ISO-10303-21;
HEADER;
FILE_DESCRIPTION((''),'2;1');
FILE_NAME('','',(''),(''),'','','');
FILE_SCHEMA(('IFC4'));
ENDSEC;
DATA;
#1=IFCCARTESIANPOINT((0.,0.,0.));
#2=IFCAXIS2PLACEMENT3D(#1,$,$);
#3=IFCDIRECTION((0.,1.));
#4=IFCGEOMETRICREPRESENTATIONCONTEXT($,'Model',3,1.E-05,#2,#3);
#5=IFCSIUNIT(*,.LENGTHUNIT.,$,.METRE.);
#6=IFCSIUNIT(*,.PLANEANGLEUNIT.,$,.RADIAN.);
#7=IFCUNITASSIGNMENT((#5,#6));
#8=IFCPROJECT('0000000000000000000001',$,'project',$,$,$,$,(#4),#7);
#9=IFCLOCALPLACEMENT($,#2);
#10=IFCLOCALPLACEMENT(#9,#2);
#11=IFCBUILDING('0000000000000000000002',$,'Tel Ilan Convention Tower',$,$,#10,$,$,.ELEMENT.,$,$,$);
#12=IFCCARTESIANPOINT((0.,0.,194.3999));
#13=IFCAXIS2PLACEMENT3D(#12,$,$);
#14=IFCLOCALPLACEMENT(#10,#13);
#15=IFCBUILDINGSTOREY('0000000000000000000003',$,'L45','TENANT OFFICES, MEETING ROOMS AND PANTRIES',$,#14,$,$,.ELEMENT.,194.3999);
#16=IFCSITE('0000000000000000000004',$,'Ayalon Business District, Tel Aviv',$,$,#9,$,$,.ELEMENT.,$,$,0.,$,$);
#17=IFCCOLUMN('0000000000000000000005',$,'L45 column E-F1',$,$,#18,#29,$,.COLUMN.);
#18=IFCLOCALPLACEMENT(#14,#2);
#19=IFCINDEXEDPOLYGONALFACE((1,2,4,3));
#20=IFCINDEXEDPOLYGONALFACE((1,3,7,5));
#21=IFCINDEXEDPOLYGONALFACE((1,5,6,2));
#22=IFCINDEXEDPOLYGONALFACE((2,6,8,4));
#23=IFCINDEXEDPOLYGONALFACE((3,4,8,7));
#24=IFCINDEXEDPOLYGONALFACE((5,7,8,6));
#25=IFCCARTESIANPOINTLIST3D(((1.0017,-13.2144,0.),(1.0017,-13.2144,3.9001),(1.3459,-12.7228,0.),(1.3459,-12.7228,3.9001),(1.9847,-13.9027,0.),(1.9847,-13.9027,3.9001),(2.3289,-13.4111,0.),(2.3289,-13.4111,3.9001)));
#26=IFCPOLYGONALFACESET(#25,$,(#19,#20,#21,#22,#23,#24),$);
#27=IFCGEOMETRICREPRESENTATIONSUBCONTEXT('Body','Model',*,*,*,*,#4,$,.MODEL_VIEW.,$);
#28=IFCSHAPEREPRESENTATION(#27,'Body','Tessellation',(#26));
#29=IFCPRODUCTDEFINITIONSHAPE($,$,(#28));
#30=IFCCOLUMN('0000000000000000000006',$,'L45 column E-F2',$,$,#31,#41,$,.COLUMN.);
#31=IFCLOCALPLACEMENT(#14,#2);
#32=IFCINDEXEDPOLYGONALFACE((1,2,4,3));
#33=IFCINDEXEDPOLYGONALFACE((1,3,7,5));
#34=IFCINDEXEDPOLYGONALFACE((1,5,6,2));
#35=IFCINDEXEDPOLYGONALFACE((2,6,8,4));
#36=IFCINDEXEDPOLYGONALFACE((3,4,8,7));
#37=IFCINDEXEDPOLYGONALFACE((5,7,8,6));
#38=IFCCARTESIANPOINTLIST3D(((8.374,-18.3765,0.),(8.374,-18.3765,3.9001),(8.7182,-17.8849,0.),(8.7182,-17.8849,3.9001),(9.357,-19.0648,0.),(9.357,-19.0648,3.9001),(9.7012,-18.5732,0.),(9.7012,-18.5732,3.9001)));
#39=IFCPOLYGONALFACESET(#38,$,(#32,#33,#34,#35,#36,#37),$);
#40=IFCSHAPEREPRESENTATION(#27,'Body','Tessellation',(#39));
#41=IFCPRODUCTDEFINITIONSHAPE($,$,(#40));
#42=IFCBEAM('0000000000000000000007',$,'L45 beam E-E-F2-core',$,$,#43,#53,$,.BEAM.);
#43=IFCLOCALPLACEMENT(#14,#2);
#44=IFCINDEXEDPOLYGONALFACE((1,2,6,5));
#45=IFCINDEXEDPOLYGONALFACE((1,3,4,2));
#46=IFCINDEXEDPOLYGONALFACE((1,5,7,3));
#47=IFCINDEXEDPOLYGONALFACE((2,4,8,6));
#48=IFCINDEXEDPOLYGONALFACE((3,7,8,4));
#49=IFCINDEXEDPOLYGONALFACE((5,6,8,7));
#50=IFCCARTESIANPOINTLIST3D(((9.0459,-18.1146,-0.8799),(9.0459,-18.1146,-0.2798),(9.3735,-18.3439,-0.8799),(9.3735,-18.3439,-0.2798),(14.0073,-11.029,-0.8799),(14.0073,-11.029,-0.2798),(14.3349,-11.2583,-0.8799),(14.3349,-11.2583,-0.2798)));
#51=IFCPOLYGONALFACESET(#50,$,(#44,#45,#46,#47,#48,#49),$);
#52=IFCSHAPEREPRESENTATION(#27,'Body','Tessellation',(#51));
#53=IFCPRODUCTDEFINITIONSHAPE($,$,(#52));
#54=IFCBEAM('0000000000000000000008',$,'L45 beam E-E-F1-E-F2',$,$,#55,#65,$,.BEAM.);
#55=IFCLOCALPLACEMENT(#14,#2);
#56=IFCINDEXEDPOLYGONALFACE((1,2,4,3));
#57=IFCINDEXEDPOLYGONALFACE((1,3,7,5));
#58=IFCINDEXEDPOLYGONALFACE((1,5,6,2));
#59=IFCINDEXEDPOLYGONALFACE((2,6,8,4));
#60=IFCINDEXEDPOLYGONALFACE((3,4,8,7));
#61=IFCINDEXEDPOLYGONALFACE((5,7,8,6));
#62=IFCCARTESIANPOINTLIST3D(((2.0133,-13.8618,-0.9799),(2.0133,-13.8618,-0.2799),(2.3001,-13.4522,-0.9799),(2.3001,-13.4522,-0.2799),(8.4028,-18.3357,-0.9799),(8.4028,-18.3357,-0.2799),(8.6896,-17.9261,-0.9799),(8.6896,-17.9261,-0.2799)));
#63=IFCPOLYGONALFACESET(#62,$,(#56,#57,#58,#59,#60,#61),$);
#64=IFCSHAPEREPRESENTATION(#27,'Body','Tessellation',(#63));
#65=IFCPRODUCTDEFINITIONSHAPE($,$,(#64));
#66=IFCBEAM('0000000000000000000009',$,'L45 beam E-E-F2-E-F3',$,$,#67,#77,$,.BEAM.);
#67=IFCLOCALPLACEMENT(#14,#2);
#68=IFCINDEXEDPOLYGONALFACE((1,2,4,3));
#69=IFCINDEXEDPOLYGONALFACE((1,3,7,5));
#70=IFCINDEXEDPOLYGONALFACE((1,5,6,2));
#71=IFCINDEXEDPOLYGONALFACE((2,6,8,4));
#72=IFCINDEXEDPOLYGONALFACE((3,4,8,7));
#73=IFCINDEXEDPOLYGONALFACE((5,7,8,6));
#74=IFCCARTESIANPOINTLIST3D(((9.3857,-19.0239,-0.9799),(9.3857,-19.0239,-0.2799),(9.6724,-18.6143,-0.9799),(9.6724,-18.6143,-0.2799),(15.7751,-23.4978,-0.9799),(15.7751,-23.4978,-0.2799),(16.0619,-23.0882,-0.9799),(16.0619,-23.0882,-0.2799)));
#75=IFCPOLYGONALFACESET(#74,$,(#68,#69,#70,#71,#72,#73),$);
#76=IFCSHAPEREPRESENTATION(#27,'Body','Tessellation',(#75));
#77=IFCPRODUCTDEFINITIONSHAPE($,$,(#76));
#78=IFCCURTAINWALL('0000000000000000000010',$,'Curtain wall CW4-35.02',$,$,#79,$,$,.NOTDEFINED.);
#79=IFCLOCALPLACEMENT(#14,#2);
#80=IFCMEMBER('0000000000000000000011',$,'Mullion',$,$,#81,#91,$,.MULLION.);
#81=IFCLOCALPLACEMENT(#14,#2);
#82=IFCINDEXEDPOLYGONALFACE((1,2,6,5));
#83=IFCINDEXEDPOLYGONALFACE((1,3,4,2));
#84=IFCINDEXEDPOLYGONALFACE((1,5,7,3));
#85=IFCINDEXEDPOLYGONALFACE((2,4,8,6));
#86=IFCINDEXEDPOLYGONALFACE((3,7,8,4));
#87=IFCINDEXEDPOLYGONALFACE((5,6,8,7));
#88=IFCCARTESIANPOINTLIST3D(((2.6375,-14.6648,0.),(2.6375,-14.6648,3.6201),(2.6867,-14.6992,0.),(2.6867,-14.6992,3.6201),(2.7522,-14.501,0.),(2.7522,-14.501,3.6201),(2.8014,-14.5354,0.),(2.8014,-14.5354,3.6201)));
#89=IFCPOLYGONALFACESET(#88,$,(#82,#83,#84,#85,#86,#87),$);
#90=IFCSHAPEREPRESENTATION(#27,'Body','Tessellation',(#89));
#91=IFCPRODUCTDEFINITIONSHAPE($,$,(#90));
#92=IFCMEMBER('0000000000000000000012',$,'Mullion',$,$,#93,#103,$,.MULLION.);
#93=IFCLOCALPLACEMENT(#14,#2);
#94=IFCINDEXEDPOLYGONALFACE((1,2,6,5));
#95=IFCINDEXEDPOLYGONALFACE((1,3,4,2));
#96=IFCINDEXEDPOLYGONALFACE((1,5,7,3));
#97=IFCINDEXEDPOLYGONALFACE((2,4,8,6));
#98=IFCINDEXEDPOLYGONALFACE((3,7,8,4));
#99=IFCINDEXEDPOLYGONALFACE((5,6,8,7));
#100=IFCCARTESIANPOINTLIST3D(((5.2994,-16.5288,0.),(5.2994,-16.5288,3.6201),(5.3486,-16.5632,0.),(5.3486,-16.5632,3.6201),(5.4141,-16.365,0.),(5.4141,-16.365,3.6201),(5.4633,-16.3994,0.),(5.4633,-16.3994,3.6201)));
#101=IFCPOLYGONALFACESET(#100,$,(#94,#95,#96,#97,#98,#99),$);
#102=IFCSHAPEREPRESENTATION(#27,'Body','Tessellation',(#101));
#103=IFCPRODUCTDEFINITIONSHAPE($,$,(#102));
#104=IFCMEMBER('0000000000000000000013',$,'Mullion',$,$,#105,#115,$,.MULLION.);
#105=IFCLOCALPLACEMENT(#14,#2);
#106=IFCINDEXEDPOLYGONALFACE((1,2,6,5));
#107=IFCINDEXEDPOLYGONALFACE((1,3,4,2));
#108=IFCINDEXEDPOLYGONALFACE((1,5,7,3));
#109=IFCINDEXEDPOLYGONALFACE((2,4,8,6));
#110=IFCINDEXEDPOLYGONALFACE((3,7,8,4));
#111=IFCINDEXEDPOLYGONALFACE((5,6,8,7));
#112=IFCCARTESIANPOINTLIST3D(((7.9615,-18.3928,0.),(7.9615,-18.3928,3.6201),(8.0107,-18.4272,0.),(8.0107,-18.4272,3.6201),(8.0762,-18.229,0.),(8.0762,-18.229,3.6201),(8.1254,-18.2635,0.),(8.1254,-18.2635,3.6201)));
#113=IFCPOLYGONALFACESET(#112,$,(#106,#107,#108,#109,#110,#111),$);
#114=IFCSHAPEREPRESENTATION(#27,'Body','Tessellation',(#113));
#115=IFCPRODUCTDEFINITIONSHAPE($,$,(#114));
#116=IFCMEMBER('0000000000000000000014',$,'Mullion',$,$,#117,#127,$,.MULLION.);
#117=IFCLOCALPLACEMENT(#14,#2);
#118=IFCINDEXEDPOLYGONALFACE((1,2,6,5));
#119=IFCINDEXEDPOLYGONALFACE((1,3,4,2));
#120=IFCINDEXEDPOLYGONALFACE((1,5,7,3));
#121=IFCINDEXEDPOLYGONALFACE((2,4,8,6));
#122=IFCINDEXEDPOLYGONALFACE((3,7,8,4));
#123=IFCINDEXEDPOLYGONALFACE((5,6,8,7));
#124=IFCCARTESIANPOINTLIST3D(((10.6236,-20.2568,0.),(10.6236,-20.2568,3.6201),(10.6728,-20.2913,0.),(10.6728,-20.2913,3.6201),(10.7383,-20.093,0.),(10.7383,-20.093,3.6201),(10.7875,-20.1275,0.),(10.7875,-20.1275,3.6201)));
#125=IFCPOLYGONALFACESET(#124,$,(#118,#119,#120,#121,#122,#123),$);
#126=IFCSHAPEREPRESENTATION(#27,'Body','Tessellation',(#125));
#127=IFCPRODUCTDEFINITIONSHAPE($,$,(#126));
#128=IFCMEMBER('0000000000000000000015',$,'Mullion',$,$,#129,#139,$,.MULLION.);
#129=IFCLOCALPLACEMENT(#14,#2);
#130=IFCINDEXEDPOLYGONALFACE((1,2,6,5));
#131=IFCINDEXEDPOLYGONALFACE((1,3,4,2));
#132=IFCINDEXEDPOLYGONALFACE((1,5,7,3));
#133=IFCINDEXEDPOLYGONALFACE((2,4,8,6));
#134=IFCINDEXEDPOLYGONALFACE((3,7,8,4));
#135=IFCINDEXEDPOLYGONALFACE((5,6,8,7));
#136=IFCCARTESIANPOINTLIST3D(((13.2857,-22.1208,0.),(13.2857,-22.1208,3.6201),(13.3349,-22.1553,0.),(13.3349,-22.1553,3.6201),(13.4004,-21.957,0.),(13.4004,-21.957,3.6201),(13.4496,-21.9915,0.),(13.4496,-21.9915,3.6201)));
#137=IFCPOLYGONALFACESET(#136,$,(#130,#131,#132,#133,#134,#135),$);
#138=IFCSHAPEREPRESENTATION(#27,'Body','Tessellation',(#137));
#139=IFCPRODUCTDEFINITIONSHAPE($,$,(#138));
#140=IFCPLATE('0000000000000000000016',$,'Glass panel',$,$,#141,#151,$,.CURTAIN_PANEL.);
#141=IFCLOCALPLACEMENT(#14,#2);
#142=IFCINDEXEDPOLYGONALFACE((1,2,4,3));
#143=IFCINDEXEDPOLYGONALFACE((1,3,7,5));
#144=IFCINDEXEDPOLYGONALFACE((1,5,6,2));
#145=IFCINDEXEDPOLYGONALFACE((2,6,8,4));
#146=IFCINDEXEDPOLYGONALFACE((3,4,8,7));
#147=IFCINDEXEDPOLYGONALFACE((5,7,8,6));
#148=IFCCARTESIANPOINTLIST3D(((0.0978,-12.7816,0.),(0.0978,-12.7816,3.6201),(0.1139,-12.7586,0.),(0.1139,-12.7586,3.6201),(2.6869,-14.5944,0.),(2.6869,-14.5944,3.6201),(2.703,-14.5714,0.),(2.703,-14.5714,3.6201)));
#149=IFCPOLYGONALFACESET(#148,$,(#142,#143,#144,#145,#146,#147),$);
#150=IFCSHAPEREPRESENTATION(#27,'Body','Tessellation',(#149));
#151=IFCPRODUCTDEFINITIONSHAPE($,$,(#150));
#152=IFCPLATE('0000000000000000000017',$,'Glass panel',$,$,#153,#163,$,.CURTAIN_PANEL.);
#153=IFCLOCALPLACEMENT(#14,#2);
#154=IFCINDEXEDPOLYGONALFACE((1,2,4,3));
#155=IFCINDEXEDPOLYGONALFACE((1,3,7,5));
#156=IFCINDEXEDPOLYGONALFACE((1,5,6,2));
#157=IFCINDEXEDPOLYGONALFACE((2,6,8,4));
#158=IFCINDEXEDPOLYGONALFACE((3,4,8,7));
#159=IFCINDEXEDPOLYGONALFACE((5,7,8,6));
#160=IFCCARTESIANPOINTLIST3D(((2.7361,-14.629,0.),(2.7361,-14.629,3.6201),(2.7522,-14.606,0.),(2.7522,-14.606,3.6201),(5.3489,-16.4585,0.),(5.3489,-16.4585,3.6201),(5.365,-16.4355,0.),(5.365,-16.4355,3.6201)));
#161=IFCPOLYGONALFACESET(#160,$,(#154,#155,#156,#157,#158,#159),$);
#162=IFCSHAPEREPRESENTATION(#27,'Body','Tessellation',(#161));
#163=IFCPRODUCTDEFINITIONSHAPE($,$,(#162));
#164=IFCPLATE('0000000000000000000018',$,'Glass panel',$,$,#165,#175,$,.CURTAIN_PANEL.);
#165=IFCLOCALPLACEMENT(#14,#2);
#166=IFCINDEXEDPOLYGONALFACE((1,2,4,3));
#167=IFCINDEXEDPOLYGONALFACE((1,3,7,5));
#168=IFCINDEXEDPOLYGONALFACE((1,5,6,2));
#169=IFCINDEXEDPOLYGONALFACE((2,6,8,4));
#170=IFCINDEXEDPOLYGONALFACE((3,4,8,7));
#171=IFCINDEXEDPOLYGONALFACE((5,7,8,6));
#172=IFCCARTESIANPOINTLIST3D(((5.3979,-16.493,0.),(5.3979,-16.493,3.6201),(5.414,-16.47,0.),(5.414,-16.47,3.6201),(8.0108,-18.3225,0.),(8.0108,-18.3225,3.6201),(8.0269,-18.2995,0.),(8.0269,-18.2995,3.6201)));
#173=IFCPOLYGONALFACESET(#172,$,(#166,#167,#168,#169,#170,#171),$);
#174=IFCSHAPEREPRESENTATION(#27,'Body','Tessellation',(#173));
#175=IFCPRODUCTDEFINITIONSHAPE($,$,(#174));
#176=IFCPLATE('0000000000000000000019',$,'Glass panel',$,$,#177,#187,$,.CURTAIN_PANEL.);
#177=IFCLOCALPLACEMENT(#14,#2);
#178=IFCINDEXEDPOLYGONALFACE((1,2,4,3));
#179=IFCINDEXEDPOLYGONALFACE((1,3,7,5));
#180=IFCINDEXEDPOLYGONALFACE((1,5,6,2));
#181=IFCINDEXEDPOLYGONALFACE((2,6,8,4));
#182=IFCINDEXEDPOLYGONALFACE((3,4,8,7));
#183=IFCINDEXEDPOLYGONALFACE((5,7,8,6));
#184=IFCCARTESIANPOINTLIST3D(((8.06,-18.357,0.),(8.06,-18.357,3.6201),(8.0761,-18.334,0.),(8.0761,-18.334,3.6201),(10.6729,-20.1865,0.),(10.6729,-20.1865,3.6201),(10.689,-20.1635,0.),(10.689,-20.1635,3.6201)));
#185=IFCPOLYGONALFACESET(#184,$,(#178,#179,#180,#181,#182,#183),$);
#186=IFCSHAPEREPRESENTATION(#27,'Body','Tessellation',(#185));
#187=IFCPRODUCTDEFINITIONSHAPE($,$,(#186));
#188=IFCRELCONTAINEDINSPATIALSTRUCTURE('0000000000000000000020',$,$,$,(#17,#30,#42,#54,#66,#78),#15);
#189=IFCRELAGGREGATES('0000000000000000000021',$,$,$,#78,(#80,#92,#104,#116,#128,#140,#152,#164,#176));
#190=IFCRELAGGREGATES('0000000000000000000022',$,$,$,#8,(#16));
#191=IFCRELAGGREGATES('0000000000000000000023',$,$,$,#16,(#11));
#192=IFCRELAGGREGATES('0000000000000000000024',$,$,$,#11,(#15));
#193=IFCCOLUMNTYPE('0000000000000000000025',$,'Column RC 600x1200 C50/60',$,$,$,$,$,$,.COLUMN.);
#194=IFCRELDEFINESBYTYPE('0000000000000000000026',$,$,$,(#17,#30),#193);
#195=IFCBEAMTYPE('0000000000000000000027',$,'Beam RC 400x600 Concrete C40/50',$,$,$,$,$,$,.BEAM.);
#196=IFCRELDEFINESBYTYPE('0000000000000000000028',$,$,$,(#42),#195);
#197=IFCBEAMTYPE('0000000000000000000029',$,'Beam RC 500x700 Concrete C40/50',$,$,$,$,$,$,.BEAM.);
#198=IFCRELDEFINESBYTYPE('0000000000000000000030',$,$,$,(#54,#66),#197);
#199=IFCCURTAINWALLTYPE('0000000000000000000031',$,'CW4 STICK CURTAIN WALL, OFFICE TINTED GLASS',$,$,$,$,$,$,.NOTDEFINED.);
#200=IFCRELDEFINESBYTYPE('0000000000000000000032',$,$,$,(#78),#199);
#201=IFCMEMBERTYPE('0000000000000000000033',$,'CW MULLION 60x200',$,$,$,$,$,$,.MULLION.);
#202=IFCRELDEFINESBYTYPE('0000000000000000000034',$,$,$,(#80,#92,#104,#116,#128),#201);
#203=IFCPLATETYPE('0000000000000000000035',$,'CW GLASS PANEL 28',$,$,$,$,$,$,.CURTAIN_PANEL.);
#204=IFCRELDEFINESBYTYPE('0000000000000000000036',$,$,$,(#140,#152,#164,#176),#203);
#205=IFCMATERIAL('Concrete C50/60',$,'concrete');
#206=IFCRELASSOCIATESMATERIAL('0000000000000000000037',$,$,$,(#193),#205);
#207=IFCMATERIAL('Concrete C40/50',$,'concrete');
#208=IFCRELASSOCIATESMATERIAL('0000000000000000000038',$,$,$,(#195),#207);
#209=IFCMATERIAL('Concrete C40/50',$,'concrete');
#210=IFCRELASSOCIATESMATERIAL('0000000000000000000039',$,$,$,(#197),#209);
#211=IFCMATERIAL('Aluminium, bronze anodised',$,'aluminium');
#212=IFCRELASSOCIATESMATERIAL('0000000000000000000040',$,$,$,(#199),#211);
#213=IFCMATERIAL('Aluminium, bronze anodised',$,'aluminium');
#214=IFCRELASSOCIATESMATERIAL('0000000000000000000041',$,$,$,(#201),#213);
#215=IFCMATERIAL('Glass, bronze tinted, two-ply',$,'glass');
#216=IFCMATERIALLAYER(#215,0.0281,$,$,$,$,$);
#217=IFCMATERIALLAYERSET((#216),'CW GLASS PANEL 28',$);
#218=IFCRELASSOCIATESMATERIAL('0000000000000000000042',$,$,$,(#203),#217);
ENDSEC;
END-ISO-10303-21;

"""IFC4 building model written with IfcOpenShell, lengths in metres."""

from ifc_helpers import new_model, si_unit, direction, frame, origin, origin_2d, place, context, subcontext, project, spatial, rectangle, extrude, material, layer, layer_set, material_profile, profile_set, type_object, element, aggregate, save


model = new_model("IFC4")

# Units and contexts
model_context = context("Model", 3, precision=1e-05, world=origin(), true_north=direction((0.0, 1.0)))
body_context = subcontext(model_context, "Body", "Model", "MODEL_VIEW")
ifc_project = project(units=[si_unit("LENGTHUNIT", "METRE"), si_unit("PLANEANGLEUNIT", "RADIAN")], contexts=[model_context])

# Site, building, storey
site_placement = place(None, origin())
site = spatial("IfcSite", under=ifc_project, at=site_placement, Name="Ayalon Business District, Tel Aviv", CompositionType="ELEMENT", RefElevation=0.0)
building_placement = place(site_placement, origin())
building = spatial("IfcBuilding", under=site, at=building_placement, Name="Tel Ilan Convention Tower", CompositionType="ELEMENT")
storey_placement = place(building_placement, frame((0.0, 0.0, 194.3999)))
storey = spatial("IfcBuildingStorey", under=building, at=storey_placement, Name="L45", Description="TENANT OFFICES, MEETING ROOMS AND PANTRIES", CompositionType="ELEMENT", Elevation=194.3999)

# Columns
ifc_material_1 = material(Name="Concrete C50/60", Category="concrete")
ifc_material_profile_1 = material_profile(ifc_material_1, rectangle(XDim=1.2, YDim=0.6001, at=origin_2d()), Name="RC 600x1200")
ifc_profile_set_1 = profile_set([ifc_material_profile_1], Name="Concrete C50/60")
column_type = type_object("IfcColumnType", Name="Column RC 600x1200 C50/60", PredefinedType="COLUMN", material=ifc_profile_set_1)
for number, where, z_axis, x_axis, name in (
    (1, (1.6653, -13.3127, 0.0), (0.0, 0.0, 1.0), (0.819152, -0.573576, 0.0), "L45 column E-F1"),
    (2, (9.0376, -18.4749, 0.0), (0.0, 0.0, 1.0), (0.819152, -0.573576, 0.0), "L45 column E-F2"),
):
    element("IfcColumn", number, at=place(storey_placement, frame(where, z_axis=z_axis, x_axis=x_axis)), inside=storey, type_object=column_type, Name=name, PredefinedType="COLUMN", context=body_context, shape_type="SweptSolid", body=[
        extrude(rectangle(XDim=1.2, YDim=0.6001, at=origin_2d()), origin(), (0.0, 0.0, 1.0), 3.9001),
    ])

# Beams
ifc_material_2 = material(Name="Concrete C40/50", Category="concrete")
ifc_material_profile_2 = material_profile(ifc_material_2, rectangle(XDim=0.3999, YDim=0.6001, at=origin_2d()), Name="RC 400x600")
ifc_profile_set_2 = profile_set([ifc_material_profile_2], Name="Concrete C40/50")
beam_type_1 = type_object("IfcBeamType", Name="Beam RC 400x600 Concrete C40/50", PredefinedType="BEAM", material=ifc_profile_set_2)
beam_placement = place(storey_placement, frame((9.2097, -18.2292, -0.5798), z_axis=(0.573574, 0.819154, 0.0), x_axis=(-0.819154, 0.573574, 0.0)))
element("IfcBeam", 3, at=beam_placement, inside=storey, type_object=beam_type_1, Name="L45 beam E-E-F2-core", PredefinedType="BEAM", context=body_context, shape_type="SweptSolid", body=[
    extrude(rectangle(XDim=0.3999, YDim=0.6001, at=origin_2d()), origin(), (0.0, 0.0, 1.0), 8.6499),
])
ifc_material_3 = material(Name="Concrete C40/50", Category="concrete")
ifc_material_profile_3 = material_profile(ifc_material_3, rectangle(XDim=0.5, YDim=0.7, at=origin_2d()), Name="RC 500x700")
ifc_profile_set_3 = profile_set([ifc_material_profile_3], Name="Concrete C40/50")
beam_type_2 = type_object("IfcBeamType", Name="Beam RC 500x700 Concrete C40/50", PredefinedType="BEAM", material=ifc_profile_set_3)
for number, where, z_axis, x_axis, name in (
    (4, (2.1567, -13.657, -0.6299), (0.819154, -0.573574, 0.0), (0.573574, 0.819154, 0.0), "L45 beam E-E-F1-E-F2"),
    (5, (9.5291, -18.8191, -0.6299), (0.819154, -0.573574, 0.0), (0.573574, 0.819154, 0.0), "L45 beam E-E-F2-E-F3"),
):
    element("IfcBeam", number, at=place(storey_placement, frame(where, z_axis=z_axis, x_axis=x_axis)), inside=storey, type_object=beam_type_2, Name=name, PredefinedType="BEAM", context=body_context, shape_type="SweptSolid", body=[
        extrude(rectangle(XDim=0.5, YDim=0.7, at=origin_2d()), origin(), (0.0, 0.0, 1.0), 7.8),
    ])

# Curtain wall, members, plates
ifc_material_4 = material(Name="Aluminium, bronze anodised", Category="aluminium")
curtain_wall_type = type_object("IfcCurtainWallType", Name="CW4 STICK CURTAIN WALL, OFFICE TINTED GLASS", PredefinedType="NOTDEFINED", material=ifc_material_4)
curtain_wall_placement = place(storey_placement, origin())
curtain_wall = element("IfcCurtainWall", 6, at=curtain_wall_placement, inside=storey, type_object=curtain_wall_type, Name="Curtain wall CW4-35.02", PredefinedType="NOTDEFINED")
ifc_material_5 = material(Name="Aluminium, bronze anodised", Category="aluminium")
ifc_material_profile_4 = material_profile(ifc_material_5, rectangle(XDim=0.0601, YDim=0.2, at=origin_2d()), Name="CW MULLION 60x200")
ifc_profile_set_4 = profile_set([ifc_material_profile_4], Name="Aluminium, bronze anodised")
member_type = type_object("IfcMemberType", Name="CW MULLION 60x200", PredefinedType="MULLION", material=ifc_profile_set_4)
member_1_placement = place(storey_placement, frame((2.7195, -14.6001, 0.0), z_axis=(0.0, 0.0, 1.0), x_axis=(0.819152, -0.573576, 0.0)))
member_1 = element("IfcMember", 7, at=member_1_placement, type_object=member_type, Name="Mullion", PredefinedType="MULLION", context=body_context, shape_type="SweptSolid", body=[
    extrude(rectangle(XDim=0.0601, YDim=0.2, at=origin_2d()), origin(), (0.0, 0.0, 1.0), 3.6201),
])
member_2_placement = place(storey_placement, frame((5.3813, -16.4641, 0.0), z_axis=(0.0, 0.0, 1.0), x_axis=(0.819152, -0.573576, 0.0)))
member_2 = element("IfcMember", 8, at=member_2_placement, type_object=member_type, Name="Mullion", PredefinedType="MULLION", context=body_context, shape_type="SweptSolid", body=[
    extrude(rectangle(XDim=0.0601, YDim=0.2, at=origin_2d()), origin(), (0.0, 0.0, 1.0), 3.6201),
])
member_3_placement = place(storey_placement, frame((8.0435, -18.3281, 0.0), z_axis=(0.0, 0.0, 1.0), x_axis=(0.819152, -0.573576, 0.0)))
member_3 = element("IfcMember", 9, at=member_3_placement, type_object=member_type, Name="Mullion", PredefinedType="MULLION", context=body_context, shape_type="SweptSolid", body=[
    extrude(rectangle(XDim=0.0601, YDim=0.2, at=origin_2d()), origin(), (0.0, 0.0, 1.0), 3.6201),
])
member_4_placement = place(storey_placement, frame((10.7056, -20.1921, 0.0), z_axis=(0.0, 0.0, 1.0), x_axis=(0.819152, -0.573576, 0.0)))
member_4 = element("IfcMember", 10, at=member_4_placement, type_object=member_type, Name="Mullion", PredefinedType="MULLION", context=body_context, shape_type="SweptSolid", body=[
    extrude(rectangle(XDim=0.0601, YDim=0.2, at=origin_2d()), origin(), (0.0, 0.0, 1.0), 3.6201),
])
member_5_placement = place(storey_placement, frame((13.3677, -22.0562, 0.0), z_axis=(0.0, 0.0, 1.0), x_axis=(0.819152, -0.573576, 0.0)))
member_5 = element("IfcMember", 11, at=member_5_placement, type_object=member_type, Name="Mullion", PredefinedType="MULLION", context=body_context, shape_type="SweptSolid", body=[
    extrude(rectangle(XDim=0.0601, YDim=0.2, at=origin_2d()), origin(), (0.0, 0.0, 1.0), 3.6201),
])
ifc_material_6 = material(Name="Glass, bronze tinted, two-ply", Category="glass")
ifc_layer_1 = layer(ifc_material_6, 0.0281)
ifc_layer_set_1 = layer_set([ifc_layer_1], Name="CW GLASS PANEL 28")
plate_type = type_object("IfcPlateType", Name="CW GLASS PANEL 28", PredefinedType="CURTAIN_PANEL", material=ifc_layer_set_1)
plate_1_placement = place(storey_placement, frame((1.4004, -13.6765, 0.0), z_axis=(0.0, 0.0, 1.0), x_axis=(0.819152, -0.573576, 0.0)))
plate_1 = element("IfcPlate", 12, at=plate_1_placement, type_object=plate_type, Name="Glass panel", PredefinedType="CURTAIN_PANEL", context=body_context, shape_type="SweptSolid", body=[
    extrude(rectangle(XDim=3.1606, YDim=0.0281, at=origin_2d()), origin(), (0.0, 0.0, 1.0), 3.6201),
])
plate_2_placement = place(storey_placement, frame((4.0505, -15.5322, 0.0), z_axis=(0.0, 0.0, 1.0), x_axis=(0.819152, -0.573576, 0.0)))
plate_2 = element("IfcPlate", 13, at=plate_2_placement, type_object=plate_type, Name="Glass panel", PredefinedType="CURTAIN_PANEL", context=body_context, shape_type="SweptSolid", body=[
    extrude(rectangle(XDim=3.1897, YDim=0.0281, at=origin_2d()), origin(), (0.0, 0.0, 1.0), 3.6201),
])
plate_3_placement = place(storey_placement, frame((6.7124, -17.3962, 0.0), z_axis=(0.0, 0.0, 1.0), x_axis=(0.819152, -0.573576, 0.0)))
plate_3 = element("IfcPlate", 14, at=plate_3_placement, type_object=plate_type, Name="Glass panel", PredefinedType="CURTAIN_PANEL", context=body_context, shape_type="SweptSolid", body=[
    extrude(rectangle(XDim=3.1897, YDim=0.0281, at=origin_2d()), origin(), (0.0, 0.0, 1.0), 3.6201),
])
plate_4_placement = place(storey_placement, frame((9.3745, -19.2603, 0.0), z_axis=(0.0, 0.0, 1.0), x_axis=(0.819152, -0.573576, 0.0)))
plate_4 = element("IfcPlate", 15, at=plate_4_placement, type_object=plate_type, Name="Glass panel", PredefinedType="CURTAIN_PANEL", context=body_context, shape_type="SweptSolid", body=[
    extrude(rectangle(XDim=3.1897, YDim=0.0281, at=origin_2d()), origin(), (0.0, 0.0, 1.0), 3.6201),
])
aggregate(curtain_wall, [member_1, member_2, member_3, member_4, member_5, plate_1, plate_2, plate_3, plate_4])

save(model, "model.ifc")
